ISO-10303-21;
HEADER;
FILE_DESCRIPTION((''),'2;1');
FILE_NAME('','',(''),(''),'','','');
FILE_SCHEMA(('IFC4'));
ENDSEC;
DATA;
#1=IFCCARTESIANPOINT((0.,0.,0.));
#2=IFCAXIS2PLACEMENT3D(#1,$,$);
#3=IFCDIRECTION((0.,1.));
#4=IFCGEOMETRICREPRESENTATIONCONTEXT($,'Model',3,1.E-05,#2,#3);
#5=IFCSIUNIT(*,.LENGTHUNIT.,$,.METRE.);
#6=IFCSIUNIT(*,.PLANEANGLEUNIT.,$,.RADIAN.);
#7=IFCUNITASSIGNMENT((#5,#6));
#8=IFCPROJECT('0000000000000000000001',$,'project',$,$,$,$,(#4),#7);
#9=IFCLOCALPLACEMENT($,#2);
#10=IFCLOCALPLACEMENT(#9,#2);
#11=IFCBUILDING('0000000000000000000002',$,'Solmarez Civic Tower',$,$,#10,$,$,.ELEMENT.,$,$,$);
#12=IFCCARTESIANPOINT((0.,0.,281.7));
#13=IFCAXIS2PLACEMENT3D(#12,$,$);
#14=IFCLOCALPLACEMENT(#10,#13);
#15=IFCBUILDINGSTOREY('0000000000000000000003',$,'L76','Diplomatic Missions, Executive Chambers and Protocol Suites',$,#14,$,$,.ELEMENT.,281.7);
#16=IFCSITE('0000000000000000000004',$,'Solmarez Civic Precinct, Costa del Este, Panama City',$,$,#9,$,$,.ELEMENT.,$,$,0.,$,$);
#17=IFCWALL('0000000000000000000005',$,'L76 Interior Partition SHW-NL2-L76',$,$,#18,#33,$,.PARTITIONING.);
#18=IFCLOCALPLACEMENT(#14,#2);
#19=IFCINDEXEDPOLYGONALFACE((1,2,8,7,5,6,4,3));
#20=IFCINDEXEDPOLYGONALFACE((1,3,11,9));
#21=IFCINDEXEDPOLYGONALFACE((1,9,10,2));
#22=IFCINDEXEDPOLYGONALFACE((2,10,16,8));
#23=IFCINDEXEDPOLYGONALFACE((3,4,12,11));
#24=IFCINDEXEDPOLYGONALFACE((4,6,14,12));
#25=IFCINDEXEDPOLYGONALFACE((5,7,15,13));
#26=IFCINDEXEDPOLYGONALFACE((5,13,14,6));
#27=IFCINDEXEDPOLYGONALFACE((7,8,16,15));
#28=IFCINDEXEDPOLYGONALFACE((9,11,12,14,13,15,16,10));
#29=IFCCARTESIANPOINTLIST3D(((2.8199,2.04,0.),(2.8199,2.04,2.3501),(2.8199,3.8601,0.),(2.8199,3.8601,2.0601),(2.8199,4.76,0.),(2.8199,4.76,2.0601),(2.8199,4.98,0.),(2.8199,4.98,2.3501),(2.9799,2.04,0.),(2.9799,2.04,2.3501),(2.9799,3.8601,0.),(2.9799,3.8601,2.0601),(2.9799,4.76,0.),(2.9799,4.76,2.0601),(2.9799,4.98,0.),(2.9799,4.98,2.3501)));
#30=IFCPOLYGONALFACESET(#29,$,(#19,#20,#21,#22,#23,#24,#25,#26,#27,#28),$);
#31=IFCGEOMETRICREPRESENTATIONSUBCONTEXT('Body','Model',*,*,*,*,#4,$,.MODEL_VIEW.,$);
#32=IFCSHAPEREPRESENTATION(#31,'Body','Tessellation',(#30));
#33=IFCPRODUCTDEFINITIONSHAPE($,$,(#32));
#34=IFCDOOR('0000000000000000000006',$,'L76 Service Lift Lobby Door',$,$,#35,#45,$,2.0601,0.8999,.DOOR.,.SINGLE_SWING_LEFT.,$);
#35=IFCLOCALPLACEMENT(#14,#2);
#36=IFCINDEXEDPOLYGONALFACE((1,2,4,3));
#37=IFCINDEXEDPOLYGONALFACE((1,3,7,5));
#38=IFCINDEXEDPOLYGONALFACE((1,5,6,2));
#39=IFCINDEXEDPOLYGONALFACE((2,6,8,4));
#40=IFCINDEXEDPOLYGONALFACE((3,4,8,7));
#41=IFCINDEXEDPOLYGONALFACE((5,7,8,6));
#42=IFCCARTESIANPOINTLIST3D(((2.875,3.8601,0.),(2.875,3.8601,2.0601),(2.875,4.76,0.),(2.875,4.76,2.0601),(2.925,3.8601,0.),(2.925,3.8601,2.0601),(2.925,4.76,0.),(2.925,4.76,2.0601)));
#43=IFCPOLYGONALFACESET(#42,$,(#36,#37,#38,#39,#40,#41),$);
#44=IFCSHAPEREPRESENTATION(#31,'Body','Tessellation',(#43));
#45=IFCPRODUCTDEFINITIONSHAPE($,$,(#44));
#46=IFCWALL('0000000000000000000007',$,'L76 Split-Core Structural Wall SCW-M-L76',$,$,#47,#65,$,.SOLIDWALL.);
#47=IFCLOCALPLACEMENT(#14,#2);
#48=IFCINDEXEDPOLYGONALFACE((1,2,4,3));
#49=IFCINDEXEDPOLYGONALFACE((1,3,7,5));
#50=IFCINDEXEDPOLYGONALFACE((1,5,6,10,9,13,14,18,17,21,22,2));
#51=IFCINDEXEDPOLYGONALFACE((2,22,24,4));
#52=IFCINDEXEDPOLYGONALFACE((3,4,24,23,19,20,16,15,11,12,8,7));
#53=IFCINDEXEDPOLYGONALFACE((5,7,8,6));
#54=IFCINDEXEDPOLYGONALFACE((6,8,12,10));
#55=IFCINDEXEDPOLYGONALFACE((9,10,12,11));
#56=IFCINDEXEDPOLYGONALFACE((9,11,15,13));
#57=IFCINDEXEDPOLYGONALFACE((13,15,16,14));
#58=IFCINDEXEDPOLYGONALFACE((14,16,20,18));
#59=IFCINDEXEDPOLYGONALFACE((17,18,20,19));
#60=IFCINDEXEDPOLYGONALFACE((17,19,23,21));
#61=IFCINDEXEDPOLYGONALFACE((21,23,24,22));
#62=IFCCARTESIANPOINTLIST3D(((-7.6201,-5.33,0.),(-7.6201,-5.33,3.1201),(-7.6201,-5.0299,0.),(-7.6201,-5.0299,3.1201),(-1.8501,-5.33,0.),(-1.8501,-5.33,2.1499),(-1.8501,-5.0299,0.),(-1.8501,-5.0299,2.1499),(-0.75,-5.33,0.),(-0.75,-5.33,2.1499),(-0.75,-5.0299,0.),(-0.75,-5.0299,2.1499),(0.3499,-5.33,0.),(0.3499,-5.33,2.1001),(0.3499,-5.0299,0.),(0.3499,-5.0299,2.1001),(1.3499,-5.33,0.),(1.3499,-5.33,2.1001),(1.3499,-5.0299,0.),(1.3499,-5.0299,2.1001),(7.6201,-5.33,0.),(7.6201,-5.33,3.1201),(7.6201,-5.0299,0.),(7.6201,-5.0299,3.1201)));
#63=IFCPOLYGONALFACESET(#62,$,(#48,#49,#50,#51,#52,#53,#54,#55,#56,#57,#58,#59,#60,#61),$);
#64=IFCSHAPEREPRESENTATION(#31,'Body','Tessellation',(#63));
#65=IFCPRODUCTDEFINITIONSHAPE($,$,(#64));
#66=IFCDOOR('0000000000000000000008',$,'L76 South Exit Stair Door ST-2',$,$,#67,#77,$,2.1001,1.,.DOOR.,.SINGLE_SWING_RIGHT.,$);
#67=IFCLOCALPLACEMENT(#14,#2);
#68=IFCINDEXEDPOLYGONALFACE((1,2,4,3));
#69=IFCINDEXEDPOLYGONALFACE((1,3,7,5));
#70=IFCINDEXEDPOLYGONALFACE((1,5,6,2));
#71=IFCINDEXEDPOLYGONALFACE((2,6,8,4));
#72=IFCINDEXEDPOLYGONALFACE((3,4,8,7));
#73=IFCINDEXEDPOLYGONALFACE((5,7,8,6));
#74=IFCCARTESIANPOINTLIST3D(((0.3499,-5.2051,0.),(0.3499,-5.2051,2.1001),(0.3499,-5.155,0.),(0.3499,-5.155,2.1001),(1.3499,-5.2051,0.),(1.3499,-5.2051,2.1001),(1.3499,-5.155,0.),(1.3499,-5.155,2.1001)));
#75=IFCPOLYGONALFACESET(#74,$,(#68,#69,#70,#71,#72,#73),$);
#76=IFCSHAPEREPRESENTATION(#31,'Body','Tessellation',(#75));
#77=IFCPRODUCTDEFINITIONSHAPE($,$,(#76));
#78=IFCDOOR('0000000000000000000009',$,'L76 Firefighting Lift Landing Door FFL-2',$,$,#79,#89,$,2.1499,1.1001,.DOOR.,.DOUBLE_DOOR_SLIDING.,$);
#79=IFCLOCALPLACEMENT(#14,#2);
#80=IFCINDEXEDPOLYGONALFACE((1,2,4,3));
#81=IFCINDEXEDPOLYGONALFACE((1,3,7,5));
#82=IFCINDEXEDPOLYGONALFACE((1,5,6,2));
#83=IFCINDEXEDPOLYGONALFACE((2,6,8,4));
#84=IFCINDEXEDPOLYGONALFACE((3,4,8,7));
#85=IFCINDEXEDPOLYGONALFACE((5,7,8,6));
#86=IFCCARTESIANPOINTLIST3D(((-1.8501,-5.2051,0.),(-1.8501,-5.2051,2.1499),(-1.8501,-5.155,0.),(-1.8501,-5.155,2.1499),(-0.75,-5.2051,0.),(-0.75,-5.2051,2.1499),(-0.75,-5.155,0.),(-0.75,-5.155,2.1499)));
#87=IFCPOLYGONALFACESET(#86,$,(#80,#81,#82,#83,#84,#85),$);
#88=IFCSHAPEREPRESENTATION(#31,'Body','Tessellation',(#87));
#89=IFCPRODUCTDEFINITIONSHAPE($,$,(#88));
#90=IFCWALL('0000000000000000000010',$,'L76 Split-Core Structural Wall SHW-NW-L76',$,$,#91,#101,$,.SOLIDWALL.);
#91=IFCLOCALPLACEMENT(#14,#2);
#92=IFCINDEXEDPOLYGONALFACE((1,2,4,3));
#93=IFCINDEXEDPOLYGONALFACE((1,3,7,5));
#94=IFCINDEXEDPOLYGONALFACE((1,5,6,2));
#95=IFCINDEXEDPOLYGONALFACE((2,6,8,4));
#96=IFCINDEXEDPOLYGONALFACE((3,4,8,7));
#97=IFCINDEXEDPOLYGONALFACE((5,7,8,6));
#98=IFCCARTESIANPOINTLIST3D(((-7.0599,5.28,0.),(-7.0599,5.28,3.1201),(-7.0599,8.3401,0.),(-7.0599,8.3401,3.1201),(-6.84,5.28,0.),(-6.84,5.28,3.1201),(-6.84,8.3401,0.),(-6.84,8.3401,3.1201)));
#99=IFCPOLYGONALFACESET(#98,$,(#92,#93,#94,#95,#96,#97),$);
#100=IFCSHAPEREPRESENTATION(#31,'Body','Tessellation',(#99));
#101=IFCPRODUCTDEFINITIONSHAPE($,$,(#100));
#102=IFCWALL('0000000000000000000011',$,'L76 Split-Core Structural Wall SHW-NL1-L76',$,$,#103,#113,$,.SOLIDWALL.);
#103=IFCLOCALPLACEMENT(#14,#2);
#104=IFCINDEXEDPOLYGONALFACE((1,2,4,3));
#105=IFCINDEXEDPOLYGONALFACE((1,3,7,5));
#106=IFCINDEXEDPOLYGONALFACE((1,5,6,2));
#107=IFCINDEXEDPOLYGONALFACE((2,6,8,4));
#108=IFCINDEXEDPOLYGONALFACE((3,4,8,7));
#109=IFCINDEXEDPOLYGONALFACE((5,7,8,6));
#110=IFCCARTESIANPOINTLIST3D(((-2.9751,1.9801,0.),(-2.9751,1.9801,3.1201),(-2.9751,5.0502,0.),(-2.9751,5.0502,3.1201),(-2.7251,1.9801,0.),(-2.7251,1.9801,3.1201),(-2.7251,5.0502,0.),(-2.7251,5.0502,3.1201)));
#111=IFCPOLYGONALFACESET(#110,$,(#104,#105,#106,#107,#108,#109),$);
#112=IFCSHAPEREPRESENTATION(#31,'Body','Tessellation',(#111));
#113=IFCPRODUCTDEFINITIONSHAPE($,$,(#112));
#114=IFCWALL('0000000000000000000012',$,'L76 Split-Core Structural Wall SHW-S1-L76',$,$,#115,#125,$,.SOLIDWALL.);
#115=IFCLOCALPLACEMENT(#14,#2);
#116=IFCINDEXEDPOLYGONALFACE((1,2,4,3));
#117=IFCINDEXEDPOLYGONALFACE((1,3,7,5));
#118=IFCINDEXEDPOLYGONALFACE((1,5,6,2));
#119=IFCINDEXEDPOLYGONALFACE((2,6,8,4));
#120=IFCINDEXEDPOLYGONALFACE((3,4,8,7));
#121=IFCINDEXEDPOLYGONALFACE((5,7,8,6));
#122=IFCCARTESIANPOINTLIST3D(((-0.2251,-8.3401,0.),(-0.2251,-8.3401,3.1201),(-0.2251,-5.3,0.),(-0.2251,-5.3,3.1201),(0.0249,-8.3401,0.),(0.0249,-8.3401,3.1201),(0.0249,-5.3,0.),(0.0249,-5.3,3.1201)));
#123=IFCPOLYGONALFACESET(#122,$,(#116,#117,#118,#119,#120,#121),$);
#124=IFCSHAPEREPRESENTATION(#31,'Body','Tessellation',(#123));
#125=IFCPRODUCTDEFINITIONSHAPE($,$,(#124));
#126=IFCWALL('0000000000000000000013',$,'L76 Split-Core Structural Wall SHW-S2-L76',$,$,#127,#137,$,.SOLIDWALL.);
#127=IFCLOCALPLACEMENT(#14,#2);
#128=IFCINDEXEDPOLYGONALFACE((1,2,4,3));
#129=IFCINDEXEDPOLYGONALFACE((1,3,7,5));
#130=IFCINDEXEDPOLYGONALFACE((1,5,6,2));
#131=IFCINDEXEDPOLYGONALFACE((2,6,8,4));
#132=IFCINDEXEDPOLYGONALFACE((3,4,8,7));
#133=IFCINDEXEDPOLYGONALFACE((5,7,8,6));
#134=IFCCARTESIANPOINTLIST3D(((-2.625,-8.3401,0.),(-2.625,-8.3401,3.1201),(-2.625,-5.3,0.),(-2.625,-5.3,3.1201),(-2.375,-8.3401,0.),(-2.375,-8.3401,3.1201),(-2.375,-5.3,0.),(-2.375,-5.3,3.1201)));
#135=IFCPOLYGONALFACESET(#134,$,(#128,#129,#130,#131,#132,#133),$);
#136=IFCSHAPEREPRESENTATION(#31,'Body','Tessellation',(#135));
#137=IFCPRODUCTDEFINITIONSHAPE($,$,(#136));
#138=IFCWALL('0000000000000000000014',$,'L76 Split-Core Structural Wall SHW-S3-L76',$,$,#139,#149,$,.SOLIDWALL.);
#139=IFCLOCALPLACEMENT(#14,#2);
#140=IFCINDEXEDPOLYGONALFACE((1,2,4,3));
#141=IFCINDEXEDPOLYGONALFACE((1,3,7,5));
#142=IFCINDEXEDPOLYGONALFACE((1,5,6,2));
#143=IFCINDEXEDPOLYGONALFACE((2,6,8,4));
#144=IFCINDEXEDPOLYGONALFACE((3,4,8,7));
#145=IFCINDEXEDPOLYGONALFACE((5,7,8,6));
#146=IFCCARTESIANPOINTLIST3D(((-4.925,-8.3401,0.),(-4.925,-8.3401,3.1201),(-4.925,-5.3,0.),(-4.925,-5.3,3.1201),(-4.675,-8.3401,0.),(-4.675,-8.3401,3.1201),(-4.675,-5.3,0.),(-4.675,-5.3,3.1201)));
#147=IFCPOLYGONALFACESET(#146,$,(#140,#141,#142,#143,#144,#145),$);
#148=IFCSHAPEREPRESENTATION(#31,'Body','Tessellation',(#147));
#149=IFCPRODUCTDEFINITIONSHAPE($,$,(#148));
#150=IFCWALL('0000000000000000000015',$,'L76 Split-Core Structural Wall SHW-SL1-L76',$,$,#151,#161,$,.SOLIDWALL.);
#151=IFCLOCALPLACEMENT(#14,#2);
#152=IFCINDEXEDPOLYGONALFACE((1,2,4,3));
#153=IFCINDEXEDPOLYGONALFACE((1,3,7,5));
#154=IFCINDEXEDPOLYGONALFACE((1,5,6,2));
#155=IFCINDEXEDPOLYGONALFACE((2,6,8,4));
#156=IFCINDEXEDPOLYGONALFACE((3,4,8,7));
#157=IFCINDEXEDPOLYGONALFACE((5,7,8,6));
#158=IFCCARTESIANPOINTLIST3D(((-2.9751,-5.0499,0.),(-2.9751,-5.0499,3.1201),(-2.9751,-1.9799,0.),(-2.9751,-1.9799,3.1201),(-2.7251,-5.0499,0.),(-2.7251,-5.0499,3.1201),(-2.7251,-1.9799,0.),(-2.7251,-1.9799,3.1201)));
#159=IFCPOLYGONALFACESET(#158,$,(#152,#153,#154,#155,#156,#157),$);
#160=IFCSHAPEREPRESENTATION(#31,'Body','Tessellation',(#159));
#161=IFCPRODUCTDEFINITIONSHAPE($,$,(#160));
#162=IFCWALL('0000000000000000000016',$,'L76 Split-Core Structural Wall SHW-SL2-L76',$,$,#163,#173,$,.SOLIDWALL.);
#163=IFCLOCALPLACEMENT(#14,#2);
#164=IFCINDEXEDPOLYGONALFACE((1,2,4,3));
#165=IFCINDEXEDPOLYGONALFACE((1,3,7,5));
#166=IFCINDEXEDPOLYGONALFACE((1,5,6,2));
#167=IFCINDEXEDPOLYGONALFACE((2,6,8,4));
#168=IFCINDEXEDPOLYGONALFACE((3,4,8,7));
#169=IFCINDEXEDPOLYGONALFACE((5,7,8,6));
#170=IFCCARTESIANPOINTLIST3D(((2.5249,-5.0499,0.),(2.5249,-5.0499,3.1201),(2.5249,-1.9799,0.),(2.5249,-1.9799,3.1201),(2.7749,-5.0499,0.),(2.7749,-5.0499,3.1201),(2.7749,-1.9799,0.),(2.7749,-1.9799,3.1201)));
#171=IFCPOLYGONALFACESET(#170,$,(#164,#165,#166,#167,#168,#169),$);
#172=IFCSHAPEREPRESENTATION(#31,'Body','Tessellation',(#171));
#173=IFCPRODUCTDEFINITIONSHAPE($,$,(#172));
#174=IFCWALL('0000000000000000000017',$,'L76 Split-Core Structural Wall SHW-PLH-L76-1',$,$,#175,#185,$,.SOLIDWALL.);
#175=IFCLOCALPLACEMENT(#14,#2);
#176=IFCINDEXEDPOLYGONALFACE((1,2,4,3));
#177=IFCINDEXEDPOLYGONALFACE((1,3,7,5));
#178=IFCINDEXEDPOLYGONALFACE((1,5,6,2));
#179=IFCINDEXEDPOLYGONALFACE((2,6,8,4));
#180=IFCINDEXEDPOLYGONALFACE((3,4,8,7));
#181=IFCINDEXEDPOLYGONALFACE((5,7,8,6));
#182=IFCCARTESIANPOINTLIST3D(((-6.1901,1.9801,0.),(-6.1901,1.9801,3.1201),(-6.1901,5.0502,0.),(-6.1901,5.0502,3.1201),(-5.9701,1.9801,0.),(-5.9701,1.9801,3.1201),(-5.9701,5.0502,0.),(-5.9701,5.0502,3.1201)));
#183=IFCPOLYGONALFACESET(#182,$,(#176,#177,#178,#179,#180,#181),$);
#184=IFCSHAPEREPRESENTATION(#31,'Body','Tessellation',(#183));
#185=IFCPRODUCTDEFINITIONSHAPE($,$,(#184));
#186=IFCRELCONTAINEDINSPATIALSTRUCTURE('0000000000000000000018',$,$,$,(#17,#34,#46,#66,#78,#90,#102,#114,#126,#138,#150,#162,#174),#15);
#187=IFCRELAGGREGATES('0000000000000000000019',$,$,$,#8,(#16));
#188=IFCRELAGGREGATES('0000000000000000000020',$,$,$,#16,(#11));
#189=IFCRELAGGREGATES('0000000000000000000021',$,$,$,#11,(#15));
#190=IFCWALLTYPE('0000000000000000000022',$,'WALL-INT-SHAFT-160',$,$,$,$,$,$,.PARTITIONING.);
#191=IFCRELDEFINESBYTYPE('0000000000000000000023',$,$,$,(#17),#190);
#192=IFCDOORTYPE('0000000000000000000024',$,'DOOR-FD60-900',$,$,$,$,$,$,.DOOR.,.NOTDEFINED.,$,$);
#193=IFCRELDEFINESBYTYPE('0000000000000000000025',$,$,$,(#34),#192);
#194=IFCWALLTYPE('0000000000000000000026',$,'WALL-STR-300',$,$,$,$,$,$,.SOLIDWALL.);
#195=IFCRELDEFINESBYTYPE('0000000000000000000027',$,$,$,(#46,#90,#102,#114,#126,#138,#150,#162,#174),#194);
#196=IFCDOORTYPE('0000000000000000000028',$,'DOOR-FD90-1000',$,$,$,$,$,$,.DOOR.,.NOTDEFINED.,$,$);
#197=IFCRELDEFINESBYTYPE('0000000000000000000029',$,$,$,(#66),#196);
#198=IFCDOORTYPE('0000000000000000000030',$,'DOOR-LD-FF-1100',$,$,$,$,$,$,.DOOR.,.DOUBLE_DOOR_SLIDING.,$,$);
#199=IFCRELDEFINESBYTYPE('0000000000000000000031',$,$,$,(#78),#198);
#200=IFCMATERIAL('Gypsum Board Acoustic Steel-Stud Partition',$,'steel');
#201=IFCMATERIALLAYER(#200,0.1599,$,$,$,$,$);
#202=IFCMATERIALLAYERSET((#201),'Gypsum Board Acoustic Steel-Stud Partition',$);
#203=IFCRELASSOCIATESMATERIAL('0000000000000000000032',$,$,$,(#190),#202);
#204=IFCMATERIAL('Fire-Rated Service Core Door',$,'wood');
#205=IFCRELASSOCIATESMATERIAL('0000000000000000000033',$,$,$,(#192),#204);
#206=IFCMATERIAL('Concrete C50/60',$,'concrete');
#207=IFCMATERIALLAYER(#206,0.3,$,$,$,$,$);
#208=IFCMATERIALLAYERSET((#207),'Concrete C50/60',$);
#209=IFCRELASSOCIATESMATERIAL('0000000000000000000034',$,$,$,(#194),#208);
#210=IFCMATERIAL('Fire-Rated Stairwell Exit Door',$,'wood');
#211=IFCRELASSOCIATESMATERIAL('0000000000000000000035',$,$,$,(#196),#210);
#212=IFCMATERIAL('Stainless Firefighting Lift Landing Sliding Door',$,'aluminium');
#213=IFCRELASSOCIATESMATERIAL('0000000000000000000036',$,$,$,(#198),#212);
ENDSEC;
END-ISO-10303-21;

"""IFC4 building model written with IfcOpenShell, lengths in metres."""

from ifc_helpers import new_model, si_unit, direction, frame, frame_2d, origin, place, context, subcontext, project, spatial, rectangle, extrude, material, layer, layer_set, type_object, element, fill, save


model = new_model("IFC4")

# Units and contexts
model_context = context("Model", 3, precision=1e-05, world=origin(), true_north=direction((0.0, 1.0)))
body_context = subcontext(model_context, "Body", "Model", "MODEL_VIEW")
ifc_project = project(units=[si_unit("LENGTHUNIT", "METRE"), si_unit("PLANEANGLEUNIT", "RADIAN")], contexts=[model_context])

# Site, building, storey
site_placement = place(None, origin())
site = spatial("IfcSite", under=ifc_project, at=site_placement, Name="Solmarez Civic Precinct, Costa del Este, Panama City", CompositionType="ELEMENT", RefElevation=0.0)
building_placement = place(site_placement, origin())
building = spatial("IfcBuilding", under=site, at=building_placement, Name="Solmarez Civic Tower", CompositionType="ELEMENT")
storey_placement = place(building_placement, frame((0.0, 0.0, 281.7)))
storey = spatial("IfcBuildingStorey", under=building, at=storey_placement, Name="L76", Description="Diplomatic Missions, Executive Chambers and Protocol Suites", CompositionType="ELEMENT", Elevation=281.7)

# Shared definitions
ifc_material_1 = material(Name="Concrete C50/60", Category="concrete")

# Wall, opening, door
ifc_material_2 = material(Name="Gypsum Board Acoustic Steel-Stud Partition", Category="steel")
ifc_layer_1 = layer(ifc_material_2, 0.1599)
ifc_layer_set_1 = layer_set([ifc_layer_1], Name="Gypsum Board Acoustic Steel-Stud Partition")
wall_type_1 = type_object("IfcWallType", Name="WALL-INT-SHAFT-160", PredefinedType="PARTITIONING", material=ifc_layer_set_1)
wall_1_placement = place(storey_placement, frame((2.8999, 2.04, 0.0), z_axis=(0.0, 0.0, 1.0), x_axis=(0.0, 1.0, 0.0)))
wall_1 = element("IfcWall", 1, at=wall_1_placement, inside=storey, type_object=wall_type_1, Name="L76 Interior Partition SHW-NL2-L76", PredefinedType="PARTITIONING", context=body_context, shape_type="SweptSolid", body=[
    extrude(rectangle(XDim=2.9399, YDim=0.1599, at=frame_2d((1.47, 0.0))), origin(), (0.0, 0.0, 1.0), 2.3501),
])
opening_1_placement = place(wall_1_placement, frame((1.8201, 0.0, 0.0)))
opening_1 = element("IfcOpeningElement", 2, at=opening_1_placement, cuts=wall_1, PredefinedType="OPENING", context=body_context, shape_type="SweptSolid", body=[
    extrude(rectangle(XDim=0.8999, YDim=2.0601, at=frame_2d((0.45, 1.03))), frame((0.0, 0.0898, 0.0), z_axis=(0.0, -1.0, 0.0), x_axis=(1.0, 0.0, 0.0)), (0.0, 0.0, 1.0), 0.1799),
])
ifc_material_3 = material(Name="Fire-Rated Service Core Door", Category="wood")
door_type_1 = type_object("IfcDoorType", Name="DOOR-FD60-900", OperationType="NOTDEFINED", PredefinedType="DOOR", material=ifc_material_3)
door_1_placement = place(opening_1_placement, origin())
door_1 = element("IfcDoor", 3, at=door_1_placement, inside=storey, type_object=door_type_1, Name="L76 Service Lift Lobby Door", OperationType="SINGLE_SWING_LEFT", OverallHeight=2.0601, OverallWidth=0.8999, PredefinedType="DOOR", context=body_context, shape_type="SweptSolid", body=[
    extrude(rectangle(XDim=0.8999, YDim=2.0601, at=frame_2d((0.45, 1.03))), frame((0.0, 0.0249, 0.0), z_axis=(0.0, -1.0, 0.0), x_axis=(1.0, 0.0, 0.0)), (0.0, 0.0, 1.0), 0.05),
])
fill(opening_1, door_1)

# Wall, openings, doors
ifc_layer_2 = layer(ifc_material_1, 0.3)
ifc_layer_set_2 = layer_set([ifc_layer_2], Name="Concrete C50/60")
wall_type_2 = type_object("IfcWallType", Name="WALL-STR-300", PredefinedType="SOLIDWALL", material=ifc_layer_set_2)
wall_2_placement = place(storey_placement, frame((-7.6201, -5.1799, 0.0), z_axis=(0.0, 0.0, 1.0), x_axis=(1.0, 0.0, 0.0)))
wall_2 = element("IfcWall", 4, at=wall_2_placement, inside=storey, type_object=wall_type_2, Name="L76 Split-Core Structural Wall SCW-M-L76", PredefinedType="SOLIDWALL", context=body_context, shape_type="SweptSolid", body=[
    extrude(rectangle(XDim=15.2402, YDim=0.3, at=frame_2d((7.6201, 0.0))), origin(), (0.0, 0.0, 1.0), 3.1201),
])
opening_2_placement = place(wall_2_placement, frame((5.77, 0.0, 0.0)))
opening_2 = element("IfcOpeningElement", 5, at=opening_2_placement, cuts=wall_2, PredefinedType="OPENING", context=body_context, shape_type="SweptSolid", body=[
    extrude(rectangle(XDim=1.1001, YDim=2.1499, at=frame_2d((0.55, 1.075))), frame((0.0, 0.1599, 0.0), z_axis=(0.0, -1.0, 0.0), x_axis=(1.0, 0.0, 0.0)), (0.0, 0.0, 1.0), 0.3201),
])
opening_3_placement = place(wall_2_placement, frame((7.97, 0.0, 0.0)))
opening_3 = element("IfcOpeningElement", 6, at=opening_3_placement, cuts=wall_2, PredefinedType="OPENING", context=body_context, shape_type="SweptSolid", body=[
    extrude(rectangle(XDim=1.0, YDim=2.1001, at=frame_2d((0.5, 1.05))), frame((0.0, 0.1599, 0.0), z_axis=(0.0, -1.0, 0.0), x_axis=(1.0, 0.0, 0.0)), (0.0, 0.0, 1.0), 0.3201),
])
ifc_material_4 = material(Name="Fire-Rated Stairwell Exit Door", Category="wood")
door_type_2 = type_object("IfcDoorType", Name="DOOR-FD90-1000", OperationType="NOTDEFINED", PredefinedType="DOOR", material=ifc_material_4)
door_2_placement = place(opening_3_placement, origin())
door_2 = element("IfcDoor", 7, at=door_2_placement, inside=storey, type_object=door_type_2, Name="L76 South Exit Stair Door ST-2", OperationType="SINGLE_SWING_RIGHT", OverallHeight=2.1001, OverallWidth=1.0, PredefinedType="DOOR", context=body_context, shape_type="SweptSolid", body=[
    extrude(rectangle(XDim=1.0, YDim=2.1001, at=frame_2d((0.5, 1.05))), frame((0.0, 0.0249, 0.0), z_axis=(0.0, -1.0, 0.0), x_axis=(1.0, 0.0, 0.0)), (0.0, 0.0, 1.0), 0.05),
])
fill(opening_3, door_2)
ifc_material_5 = material(Name="Stainless Firefighting Lift Landing Sliding Door", Category="aluminium")
door_type_3 = type_object("IfcDoorType", Name="DOOR-LD-FF-1100", OperationType="DOUBLE_DOOR_SLIDING", PredefinedType="DOOR", material=ifc_material_5)
door_3_placement = place(opening_2_placement, origin())
door_3 = element("IfcDoor", 8, at=door_3_placement, inside=storey, type_object=door_type_3, Name="L76 Firefighting Lift Landing Door FFL-2", OperationType="DOUBLE_DOOR_SLIDING", OverallHeight=2.1499, OverallWidth=1.1001, PredefinedType="DOOR", context=body_context, shape_type="SweptSolid", body=[
    extrude(rectangle(XDim=1.1001, YDim=2.1499, at=frame_2d((0.55, 1.075))), frame((0.0, 0.0249, 0.0), z_axis=(0.0, -1.0, 0.0), x_axis=(1.0, 0.0, 0.0)), (0.0, 0.0, 1.0), 0.05),
])
fill(opening_2, door_3)

# Walls
wall_3_placement = place(storey_placement, frame((-6.95, 5.28, 0.0), z_axis=(0.0, 0.0, 1.0), x_axis=(0.0, 1.0, 0.0)))
element("IfcWall", 9, at=wall_3_placement, inside=storey, type_object=wall_type_2, Name="L76 Split-Core Structural Wall SHW-NW-L76", PredefinedType="SOLIDWALL", context=body_context, shape_type="SweptSolid", body=[
    extrude(rectangle(XDim=3.0601, YDim=0.22, at=frame_2d((1.53, 0.0))), origin(), (0.0, 0.0, 1.0), 3.1201),
])
wall_4_placement = place(storey_placement, frame((-2.8501, 1.98, 0.0), z_axis=(0.0, 0.0, 1.0), x_axis=(0.0, 1.0, 0.0)))
element("IfcWall", 10, at=wall_4_placement, inside=storey, type_object=wall_type_2, Name="L76 Split-Core Structural Wall SHW-NL1-L76", PredefinedType="SOLIDWALL", context=body_context, shape_type="SweptSolid", body=[
    extrude(rectangle(XDim=3.0701, YDim=0.25, at=frame_2d((1.5352, 0.0))), origin(), (0.0, 0.0, 1.0), 3.1201),
])
for number, where, z_axis, x_axis, name in (
    (11, (-0.1001, -8.3401, 0.0), (0.0, 0.0, 1.0), (0.0, 1.0, 0.0), "L76 Split-Core Structural Wall SHW-S1-L76"),
    (12, (-2.5, -8.3401, 0.0), (0.0, 0.0, 1.0), (0.0, 1.0, 0.0), "L76 Split-Core Structural Wall SHW-S2-L76"),
    (13, (-4.8, -8.3401, 0.0), (0.0, 0.0, 1.0), (0.0, 1.0, 0.0), "L76 Split-Core Structural Wall SHW-S3-L76"),
):
    element("IfcWall", number, at=place(storey_placement, frame(where, z_axis=z_axis, x_axis=x_axis)), inside=storey, type_object=wall_type_2, Name=name, PredefinedType="SOLIDWALL", context=body_context, shape_type="SweptSolid", body=[
        extrude(rectangle(XDim=3.04, YDim=0.25, at=frame_2d((1.52, 0.0))), origin(), (0.0, 0.0, 1.0), 3.1201),
    ])
for number, where, z_axis, x_axis, name in (
    (14, (-2.8501, -5.05, 0.0), (0.0, 0.0, 1.0), (0.0, 1.0, 0.0), "L76 Split-Core Structural Wall SHW-SL1-L76"),
    (15, (2.6499, -5.05, 0.0), (0.0, 0.0, 1.0), (0.0, 1.0, 0.0), "L76 Split-Core Structural Wall SHW-SL2-L76"),
):
    element("IfcWall", number, at=place(storey_placement, frame(where, z_axis=z_axis, x_axis=x_axis)), inside=storey, type_object=wall_type_2, Name=name, PredefinedType="SOLIDWALL", context=body_context, shape_type="SweptSolid", body=[
        extrude(rectangle(XDim=3.0701, YDim=0.25, at=frame_2d((1.5352, 0.0))), origin(), (0.0, 0.0, 1.0), 3.1201),
    ])
for number, where, z_axis, x_axis, name in (
    (16, (-6.0801, 1.98, 0.0), (0.0, 0.0, 1.0), (0.0, 1.0, 0.0), "L76 Split-Core Structural Wall SHW-PLH-L76-1"),
):
    element("IfcWall", number, at=place(storey_placement, frame(where, z_axis=z_axis, x_axis=x_axis)), inside=storey, type_object=wall_type_2, Name=name, PredefinedType="SOLIDWALL", context=body_context, shape_type="SweptSolid", body=[
        extrude(rectangle(XDim=3.0701, YDim=0.22, at=frame_2d((1.5352, 0.0))), origin(), (0.0, 0.0, 1.0), 3.1201),
    ])

save(model, "model.ifc")
